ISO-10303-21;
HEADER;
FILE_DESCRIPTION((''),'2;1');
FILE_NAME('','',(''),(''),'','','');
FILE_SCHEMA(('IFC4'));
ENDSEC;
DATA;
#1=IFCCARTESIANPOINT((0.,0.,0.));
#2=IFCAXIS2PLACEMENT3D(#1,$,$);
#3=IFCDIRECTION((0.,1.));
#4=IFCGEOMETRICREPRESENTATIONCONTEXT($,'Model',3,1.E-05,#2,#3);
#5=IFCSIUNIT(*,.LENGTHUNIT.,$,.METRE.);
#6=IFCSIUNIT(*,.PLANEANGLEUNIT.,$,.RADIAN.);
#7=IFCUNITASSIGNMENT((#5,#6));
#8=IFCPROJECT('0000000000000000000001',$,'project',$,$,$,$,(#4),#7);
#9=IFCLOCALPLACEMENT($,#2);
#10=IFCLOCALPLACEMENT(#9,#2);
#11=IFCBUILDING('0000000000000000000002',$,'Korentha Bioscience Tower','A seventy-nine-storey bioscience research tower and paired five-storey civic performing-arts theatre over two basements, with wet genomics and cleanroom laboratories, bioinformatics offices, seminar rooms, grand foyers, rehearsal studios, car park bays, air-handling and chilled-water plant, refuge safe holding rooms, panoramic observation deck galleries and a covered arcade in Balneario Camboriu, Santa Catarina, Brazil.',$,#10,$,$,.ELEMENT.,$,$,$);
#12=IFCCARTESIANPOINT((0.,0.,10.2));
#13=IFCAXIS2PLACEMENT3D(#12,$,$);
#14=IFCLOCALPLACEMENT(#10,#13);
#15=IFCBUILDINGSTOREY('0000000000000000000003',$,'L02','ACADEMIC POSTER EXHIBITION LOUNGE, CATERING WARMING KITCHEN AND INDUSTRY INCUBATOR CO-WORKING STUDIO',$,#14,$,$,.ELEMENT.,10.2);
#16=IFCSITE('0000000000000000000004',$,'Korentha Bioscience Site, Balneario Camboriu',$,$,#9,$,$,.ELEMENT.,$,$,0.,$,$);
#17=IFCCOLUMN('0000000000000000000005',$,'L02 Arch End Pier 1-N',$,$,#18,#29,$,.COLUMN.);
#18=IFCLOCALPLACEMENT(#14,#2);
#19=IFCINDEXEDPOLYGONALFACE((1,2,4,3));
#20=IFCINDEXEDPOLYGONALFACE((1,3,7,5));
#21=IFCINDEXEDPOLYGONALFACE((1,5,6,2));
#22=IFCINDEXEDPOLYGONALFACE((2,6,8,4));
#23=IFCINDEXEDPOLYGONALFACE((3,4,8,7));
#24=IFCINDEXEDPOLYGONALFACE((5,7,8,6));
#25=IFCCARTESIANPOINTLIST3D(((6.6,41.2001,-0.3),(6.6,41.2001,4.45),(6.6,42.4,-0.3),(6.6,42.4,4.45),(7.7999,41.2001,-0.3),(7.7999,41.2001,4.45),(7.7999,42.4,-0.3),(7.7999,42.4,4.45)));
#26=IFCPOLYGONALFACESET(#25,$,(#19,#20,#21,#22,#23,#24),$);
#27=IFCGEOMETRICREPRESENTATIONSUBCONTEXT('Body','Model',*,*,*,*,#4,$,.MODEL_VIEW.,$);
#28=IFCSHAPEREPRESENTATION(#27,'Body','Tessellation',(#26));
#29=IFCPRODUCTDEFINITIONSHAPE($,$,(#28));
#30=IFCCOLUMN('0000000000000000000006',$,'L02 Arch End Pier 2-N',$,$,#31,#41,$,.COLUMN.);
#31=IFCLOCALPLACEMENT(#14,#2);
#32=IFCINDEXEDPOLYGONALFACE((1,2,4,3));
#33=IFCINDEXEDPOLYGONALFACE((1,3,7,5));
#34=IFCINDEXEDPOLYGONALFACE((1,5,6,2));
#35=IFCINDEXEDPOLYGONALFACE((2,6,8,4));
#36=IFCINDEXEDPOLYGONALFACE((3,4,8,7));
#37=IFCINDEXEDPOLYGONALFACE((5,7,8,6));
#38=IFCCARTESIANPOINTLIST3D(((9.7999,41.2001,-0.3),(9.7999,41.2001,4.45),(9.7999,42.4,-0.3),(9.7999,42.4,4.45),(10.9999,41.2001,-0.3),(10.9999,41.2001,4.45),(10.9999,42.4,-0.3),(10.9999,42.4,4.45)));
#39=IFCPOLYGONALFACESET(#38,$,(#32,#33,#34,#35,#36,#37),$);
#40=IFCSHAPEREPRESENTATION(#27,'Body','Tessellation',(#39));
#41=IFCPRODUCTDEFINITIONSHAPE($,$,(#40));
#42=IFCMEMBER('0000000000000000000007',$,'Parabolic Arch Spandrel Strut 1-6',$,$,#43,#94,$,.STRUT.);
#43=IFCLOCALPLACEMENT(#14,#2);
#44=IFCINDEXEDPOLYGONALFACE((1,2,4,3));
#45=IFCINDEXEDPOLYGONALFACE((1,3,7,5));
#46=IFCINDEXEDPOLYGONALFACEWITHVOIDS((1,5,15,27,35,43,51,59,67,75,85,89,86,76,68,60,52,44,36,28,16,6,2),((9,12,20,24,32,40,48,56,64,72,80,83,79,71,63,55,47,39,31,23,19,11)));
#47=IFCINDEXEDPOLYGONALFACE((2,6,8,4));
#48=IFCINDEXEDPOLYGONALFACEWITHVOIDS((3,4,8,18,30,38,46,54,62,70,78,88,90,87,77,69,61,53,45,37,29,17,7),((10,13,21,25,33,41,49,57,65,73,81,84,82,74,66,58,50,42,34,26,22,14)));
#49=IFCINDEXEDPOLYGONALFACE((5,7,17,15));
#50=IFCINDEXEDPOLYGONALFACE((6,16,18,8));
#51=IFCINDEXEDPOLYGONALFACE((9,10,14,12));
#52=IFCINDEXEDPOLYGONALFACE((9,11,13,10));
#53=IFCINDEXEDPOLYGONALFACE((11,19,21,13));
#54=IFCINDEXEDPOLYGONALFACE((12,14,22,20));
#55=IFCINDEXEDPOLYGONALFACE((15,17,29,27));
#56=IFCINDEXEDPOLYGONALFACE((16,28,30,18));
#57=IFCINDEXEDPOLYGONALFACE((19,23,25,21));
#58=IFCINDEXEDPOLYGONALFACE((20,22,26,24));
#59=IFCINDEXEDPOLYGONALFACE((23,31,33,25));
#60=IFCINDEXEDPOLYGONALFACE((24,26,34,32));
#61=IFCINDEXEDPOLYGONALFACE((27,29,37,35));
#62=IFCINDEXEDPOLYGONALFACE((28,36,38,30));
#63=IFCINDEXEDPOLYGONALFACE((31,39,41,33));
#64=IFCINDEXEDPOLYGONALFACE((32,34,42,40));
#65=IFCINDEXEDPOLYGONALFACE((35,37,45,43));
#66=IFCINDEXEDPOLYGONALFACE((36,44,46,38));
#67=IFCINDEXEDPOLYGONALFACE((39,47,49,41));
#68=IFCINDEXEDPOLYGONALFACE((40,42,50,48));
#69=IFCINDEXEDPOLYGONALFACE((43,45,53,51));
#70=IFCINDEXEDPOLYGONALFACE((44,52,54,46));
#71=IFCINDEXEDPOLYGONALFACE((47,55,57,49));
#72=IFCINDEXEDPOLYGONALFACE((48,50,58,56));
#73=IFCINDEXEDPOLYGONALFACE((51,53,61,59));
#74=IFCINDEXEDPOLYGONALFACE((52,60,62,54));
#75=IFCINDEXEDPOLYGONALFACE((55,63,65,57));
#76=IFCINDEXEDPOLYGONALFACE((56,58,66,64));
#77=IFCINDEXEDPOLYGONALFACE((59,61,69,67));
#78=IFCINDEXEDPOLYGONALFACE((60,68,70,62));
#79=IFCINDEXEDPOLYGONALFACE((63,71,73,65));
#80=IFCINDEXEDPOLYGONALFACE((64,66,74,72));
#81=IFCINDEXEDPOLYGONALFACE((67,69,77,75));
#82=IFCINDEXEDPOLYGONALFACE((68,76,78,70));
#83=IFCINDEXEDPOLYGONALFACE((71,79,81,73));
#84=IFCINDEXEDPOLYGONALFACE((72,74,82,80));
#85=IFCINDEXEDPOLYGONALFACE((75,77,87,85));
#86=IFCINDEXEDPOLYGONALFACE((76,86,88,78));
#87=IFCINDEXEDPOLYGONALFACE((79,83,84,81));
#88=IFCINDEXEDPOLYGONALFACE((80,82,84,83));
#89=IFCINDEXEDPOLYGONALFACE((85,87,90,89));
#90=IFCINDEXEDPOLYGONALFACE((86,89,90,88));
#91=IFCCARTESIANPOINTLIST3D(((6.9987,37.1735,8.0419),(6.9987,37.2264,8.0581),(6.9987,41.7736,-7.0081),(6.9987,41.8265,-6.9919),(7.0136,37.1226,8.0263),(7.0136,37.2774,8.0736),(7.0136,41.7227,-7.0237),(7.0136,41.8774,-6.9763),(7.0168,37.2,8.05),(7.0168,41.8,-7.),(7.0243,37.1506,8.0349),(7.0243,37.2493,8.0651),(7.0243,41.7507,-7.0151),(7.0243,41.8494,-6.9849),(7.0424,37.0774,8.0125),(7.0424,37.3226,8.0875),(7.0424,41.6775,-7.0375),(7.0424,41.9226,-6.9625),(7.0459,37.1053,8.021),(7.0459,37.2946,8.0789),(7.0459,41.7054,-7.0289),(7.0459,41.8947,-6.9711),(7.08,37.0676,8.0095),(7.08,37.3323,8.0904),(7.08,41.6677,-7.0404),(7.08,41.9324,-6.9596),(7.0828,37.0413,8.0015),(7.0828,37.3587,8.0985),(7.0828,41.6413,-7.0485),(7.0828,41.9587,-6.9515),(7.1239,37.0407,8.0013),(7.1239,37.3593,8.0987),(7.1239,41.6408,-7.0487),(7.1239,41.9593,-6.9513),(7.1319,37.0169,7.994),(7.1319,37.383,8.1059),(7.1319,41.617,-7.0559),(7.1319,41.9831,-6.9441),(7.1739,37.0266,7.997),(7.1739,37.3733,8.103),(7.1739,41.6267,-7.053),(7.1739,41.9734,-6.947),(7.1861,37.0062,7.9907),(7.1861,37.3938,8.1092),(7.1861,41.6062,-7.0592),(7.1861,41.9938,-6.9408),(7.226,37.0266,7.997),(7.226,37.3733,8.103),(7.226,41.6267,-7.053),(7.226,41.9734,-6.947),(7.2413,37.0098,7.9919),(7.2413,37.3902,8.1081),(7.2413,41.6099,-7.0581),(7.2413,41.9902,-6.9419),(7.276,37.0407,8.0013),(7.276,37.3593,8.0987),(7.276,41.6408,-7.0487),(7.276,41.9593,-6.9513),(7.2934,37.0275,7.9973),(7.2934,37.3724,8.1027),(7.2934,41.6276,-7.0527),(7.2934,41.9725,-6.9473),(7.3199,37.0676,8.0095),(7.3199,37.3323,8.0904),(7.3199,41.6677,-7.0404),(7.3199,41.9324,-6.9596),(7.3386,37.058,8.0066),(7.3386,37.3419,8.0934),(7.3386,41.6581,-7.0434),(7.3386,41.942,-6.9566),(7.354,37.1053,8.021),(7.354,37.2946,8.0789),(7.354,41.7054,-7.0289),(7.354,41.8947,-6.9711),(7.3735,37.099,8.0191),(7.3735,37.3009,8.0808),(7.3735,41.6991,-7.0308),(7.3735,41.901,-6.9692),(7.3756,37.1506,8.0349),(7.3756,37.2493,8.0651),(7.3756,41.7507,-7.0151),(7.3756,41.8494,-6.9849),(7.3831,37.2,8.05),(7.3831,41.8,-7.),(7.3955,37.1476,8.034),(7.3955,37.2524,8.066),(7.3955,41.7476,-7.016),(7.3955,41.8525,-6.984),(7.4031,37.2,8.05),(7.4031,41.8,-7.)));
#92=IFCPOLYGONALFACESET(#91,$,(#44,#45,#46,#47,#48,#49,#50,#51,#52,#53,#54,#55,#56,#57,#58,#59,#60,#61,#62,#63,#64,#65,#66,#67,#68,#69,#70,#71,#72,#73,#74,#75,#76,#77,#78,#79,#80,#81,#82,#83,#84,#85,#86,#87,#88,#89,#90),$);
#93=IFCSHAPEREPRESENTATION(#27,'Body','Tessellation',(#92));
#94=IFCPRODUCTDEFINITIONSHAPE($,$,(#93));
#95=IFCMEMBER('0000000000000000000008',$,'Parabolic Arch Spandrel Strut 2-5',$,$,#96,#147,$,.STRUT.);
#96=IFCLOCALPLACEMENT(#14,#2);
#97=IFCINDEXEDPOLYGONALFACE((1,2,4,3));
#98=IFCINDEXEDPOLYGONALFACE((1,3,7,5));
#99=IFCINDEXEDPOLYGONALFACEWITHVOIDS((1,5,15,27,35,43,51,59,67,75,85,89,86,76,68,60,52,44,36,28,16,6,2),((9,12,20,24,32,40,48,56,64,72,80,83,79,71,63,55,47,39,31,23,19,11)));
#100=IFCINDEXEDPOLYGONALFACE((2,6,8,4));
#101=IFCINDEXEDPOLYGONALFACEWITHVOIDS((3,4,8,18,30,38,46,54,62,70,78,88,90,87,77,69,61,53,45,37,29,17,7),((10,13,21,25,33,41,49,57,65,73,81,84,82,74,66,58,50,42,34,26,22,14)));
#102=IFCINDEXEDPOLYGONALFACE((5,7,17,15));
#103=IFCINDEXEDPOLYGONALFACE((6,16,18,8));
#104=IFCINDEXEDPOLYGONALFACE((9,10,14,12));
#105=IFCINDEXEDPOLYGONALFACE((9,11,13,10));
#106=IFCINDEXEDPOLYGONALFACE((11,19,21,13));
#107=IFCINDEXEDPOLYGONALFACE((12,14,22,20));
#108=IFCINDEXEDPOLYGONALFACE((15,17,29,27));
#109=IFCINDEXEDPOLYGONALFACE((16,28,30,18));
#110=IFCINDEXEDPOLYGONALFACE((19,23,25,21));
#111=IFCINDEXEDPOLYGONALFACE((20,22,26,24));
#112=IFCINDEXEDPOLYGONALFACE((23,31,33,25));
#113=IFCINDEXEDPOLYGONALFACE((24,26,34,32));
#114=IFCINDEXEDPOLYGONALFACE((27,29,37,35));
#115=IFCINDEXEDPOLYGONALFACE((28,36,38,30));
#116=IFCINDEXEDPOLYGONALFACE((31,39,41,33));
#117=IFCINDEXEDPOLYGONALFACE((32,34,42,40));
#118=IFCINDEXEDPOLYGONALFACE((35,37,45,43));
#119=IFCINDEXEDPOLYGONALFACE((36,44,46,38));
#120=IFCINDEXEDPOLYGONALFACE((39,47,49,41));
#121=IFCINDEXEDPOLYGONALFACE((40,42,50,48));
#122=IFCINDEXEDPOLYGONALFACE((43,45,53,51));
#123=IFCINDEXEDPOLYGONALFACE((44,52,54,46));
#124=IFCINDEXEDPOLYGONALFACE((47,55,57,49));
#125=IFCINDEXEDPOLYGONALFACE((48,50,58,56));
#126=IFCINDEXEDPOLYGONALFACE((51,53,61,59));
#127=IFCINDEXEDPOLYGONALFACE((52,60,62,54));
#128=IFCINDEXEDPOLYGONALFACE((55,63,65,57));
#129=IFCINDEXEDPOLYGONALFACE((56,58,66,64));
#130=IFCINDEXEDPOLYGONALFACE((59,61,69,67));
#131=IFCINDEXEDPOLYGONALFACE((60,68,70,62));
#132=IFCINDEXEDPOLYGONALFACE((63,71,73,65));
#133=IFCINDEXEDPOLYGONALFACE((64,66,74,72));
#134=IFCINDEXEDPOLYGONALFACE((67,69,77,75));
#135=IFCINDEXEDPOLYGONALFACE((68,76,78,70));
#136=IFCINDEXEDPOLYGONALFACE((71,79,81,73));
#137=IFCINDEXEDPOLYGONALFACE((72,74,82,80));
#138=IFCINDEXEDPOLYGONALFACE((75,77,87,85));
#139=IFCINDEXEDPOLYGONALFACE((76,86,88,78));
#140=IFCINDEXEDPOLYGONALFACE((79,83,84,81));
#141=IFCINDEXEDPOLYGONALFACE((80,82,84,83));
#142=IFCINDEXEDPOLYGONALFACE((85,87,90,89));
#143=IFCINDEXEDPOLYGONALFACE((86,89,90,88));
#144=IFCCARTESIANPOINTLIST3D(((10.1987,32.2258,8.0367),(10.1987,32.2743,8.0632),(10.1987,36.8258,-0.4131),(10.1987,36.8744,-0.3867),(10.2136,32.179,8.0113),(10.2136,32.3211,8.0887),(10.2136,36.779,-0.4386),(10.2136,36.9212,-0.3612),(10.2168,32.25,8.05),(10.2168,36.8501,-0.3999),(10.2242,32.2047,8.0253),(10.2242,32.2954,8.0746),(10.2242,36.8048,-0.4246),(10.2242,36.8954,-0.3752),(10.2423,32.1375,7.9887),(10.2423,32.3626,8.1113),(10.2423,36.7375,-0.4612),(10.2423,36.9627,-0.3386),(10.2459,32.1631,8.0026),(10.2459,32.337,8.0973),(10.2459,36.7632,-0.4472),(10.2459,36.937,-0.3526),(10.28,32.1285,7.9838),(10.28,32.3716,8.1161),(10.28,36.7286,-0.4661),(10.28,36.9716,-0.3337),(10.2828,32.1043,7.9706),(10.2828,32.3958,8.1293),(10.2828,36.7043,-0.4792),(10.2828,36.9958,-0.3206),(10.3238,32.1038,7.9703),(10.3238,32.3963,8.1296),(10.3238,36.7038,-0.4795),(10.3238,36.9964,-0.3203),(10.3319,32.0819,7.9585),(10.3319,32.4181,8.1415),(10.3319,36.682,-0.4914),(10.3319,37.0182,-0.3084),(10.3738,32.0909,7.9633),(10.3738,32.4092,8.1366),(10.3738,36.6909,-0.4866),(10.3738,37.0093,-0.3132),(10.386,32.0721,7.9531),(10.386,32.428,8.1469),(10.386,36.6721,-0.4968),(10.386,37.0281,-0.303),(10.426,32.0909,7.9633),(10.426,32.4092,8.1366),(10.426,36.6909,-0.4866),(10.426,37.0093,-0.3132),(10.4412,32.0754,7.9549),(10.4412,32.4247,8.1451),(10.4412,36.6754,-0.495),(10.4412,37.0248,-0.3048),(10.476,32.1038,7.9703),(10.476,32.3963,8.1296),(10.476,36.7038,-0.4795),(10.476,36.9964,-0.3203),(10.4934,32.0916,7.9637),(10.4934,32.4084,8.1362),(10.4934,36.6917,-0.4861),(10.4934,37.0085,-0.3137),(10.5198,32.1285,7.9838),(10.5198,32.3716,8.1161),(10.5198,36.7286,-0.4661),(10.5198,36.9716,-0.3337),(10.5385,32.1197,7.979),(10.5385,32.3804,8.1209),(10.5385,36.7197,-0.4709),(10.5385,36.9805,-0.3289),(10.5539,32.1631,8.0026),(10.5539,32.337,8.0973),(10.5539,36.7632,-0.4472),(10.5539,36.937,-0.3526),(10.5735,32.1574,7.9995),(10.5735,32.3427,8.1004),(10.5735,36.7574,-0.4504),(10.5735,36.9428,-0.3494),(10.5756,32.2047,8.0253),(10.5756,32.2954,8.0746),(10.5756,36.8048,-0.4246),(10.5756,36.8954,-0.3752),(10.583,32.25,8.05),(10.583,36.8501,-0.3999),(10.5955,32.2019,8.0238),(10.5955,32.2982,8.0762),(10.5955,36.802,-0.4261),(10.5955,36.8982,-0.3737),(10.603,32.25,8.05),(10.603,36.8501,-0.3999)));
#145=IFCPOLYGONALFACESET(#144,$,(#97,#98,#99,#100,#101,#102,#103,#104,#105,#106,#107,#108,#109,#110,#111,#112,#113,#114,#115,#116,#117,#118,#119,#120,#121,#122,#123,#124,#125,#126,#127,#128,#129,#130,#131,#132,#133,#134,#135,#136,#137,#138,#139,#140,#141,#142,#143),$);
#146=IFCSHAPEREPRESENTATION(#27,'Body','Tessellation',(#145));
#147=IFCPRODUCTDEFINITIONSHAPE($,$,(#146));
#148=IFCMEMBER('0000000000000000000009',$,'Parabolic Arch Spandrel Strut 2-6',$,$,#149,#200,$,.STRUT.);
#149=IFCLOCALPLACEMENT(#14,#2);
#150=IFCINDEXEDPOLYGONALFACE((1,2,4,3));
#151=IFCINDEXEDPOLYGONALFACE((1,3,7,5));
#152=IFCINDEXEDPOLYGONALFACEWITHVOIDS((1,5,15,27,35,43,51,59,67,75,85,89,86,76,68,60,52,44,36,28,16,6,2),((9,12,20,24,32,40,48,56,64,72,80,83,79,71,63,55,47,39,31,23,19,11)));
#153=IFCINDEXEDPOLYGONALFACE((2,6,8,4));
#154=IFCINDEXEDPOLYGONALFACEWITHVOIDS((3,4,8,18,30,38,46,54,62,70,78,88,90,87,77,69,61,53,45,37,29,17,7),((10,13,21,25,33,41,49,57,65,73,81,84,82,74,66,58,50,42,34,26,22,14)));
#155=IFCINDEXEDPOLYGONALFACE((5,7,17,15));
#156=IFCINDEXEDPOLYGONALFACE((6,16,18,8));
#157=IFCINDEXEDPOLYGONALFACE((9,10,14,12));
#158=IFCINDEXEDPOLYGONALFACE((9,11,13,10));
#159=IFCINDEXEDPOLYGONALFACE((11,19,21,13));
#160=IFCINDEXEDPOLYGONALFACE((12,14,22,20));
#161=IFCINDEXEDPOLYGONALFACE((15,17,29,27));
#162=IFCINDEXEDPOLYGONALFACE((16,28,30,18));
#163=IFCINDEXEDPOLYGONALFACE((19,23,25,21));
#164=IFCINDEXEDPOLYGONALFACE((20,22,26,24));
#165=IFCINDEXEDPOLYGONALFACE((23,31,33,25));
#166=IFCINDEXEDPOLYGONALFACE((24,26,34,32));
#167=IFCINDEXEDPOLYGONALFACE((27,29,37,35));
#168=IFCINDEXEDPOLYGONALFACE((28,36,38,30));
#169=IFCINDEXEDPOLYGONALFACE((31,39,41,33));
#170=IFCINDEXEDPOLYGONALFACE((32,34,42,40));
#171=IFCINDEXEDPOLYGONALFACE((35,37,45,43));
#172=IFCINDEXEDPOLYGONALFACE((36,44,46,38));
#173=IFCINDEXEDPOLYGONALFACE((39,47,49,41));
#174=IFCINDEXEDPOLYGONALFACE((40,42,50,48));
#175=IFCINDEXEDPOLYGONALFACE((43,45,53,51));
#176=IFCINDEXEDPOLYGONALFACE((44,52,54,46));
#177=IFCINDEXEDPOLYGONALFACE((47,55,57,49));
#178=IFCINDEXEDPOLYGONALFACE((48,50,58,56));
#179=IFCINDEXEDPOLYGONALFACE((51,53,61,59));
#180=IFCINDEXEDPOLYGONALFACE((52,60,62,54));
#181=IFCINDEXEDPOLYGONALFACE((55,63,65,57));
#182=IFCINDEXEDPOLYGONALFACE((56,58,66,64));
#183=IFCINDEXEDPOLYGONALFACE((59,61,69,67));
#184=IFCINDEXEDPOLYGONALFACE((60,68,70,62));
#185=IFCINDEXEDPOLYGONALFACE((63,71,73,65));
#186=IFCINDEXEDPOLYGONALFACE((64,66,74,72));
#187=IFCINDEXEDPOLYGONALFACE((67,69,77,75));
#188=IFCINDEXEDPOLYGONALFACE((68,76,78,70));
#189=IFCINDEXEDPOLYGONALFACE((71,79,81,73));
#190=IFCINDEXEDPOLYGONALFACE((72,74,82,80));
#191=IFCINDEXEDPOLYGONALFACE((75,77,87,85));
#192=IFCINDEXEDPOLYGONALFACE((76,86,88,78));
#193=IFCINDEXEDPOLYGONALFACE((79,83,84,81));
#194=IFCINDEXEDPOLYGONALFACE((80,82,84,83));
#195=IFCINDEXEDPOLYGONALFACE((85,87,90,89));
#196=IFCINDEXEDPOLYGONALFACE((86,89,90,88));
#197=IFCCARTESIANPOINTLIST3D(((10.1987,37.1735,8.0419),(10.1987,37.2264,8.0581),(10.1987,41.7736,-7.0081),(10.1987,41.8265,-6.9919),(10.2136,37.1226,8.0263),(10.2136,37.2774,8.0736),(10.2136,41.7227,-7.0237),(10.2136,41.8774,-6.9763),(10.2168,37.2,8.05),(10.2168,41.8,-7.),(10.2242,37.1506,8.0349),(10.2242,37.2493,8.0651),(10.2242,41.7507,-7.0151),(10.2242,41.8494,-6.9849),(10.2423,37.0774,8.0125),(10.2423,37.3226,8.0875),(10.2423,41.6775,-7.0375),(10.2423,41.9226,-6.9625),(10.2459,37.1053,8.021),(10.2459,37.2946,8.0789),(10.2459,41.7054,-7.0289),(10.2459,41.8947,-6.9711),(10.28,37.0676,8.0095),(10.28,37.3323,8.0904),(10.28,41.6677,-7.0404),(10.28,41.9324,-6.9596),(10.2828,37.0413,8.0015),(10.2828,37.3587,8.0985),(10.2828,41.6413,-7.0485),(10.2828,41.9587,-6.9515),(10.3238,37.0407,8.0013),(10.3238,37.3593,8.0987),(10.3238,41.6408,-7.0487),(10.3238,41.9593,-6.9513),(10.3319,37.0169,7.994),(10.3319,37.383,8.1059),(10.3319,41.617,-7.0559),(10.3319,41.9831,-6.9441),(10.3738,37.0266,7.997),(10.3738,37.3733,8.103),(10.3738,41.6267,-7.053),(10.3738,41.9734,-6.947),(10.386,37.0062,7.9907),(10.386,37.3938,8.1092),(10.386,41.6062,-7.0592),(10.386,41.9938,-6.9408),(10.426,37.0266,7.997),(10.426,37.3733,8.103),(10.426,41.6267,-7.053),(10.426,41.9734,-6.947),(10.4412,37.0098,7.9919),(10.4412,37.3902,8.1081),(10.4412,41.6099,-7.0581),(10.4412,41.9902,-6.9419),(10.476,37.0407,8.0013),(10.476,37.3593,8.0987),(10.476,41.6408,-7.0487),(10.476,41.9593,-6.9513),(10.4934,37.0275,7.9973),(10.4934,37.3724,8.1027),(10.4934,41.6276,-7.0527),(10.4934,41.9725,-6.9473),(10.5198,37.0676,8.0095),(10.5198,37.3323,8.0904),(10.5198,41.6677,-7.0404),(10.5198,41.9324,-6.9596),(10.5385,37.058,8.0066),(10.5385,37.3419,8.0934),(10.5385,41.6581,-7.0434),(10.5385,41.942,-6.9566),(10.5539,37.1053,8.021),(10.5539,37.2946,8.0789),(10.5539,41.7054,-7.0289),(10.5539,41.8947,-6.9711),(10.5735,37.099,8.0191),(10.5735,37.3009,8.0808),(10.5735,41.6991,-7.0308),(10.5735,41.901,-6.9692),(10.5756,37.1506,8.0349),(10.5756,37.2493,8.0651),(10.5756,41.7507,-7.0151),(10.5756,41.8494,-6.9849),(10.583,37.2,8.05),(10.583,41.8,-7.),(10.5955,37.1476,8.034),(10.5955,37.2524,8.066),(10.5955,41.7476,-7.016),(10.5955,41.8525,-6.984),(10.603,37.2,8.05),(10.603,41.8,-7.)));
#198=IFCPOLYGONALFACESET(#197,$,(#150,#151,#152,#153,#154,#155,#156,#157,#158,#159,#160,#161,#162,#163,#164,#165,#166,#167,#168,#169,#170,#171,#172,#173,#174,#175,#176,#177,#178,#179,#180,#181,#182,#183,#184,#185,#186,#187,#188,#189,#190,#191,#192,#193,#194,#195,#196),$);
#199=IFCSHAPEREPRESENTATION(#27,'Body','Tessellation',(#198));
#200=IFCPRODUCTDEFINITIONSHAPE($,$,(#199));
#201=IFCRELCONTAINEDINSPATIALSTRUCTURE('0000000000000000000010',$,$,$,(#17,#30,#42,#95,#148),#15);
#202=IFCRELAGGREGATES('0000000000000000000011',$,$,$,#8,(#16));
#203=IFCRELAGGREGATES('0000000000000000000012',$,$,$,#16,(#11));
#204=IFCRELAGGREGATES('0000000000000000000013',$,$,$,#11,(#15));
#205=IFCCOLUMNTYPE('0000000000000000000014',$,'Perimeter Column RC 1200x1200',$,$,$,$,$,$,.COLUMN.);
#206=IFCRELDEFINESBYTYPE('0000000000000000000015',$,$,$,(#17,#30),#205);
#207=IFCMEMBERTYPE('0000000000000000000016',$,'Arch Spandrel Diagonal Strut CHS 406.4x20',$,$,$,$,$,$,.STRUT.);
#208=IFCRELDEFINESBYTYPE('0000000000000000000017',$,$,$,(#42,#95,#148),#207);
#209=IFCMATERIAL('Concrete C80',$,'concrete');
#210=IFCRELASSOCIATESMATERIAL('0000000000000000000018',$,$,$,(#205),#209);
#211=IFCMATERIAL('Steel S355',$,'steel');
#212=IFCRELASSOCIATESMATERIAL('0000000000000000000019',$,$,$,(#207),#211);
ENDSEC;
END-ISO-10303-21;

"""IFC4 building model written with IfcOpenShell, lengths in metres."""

from ifc_helpers import new_model, si_unit, direction, frame, origin, origin_2d, place, context, subcontext, project, spatial, rectangle, hollow_circle, extrude, material, material_profile, profile_set, type_object, element, save


model = new_model("IFC4")

# Units and contexts
model_context = context("Model", 3, precision=1e-05, world=origin(), true_north=direction((0.0, 1.0)))
body_context = subcontext(model_context, "Body", "Model", "MODEL_VIEW")
ifc_project = project(units=[si_unit("LENGTHUNIT", "METRE"), si_unit("PLANEANGLEUNIT", "RADIAN")], contexts=[model_context])

# Site, building, storey
site_placement = place(None, origin())
site = spatial("IfcSite", under=ifc_project, at=site_placement, Name="Korentha Bioscience Site, Balneario Camboriu", CompositionType="ELEMENT", RefElevation=0.0)
building_placement = place(site_placement, origin())
building = spatial("IfcBuilding", under=site, at=building_placement, Name="Korentha Bioscience Tower", Description="A seventy-nine-storey bioscience research tower and paired five-storey civic performing-arts theatre over two basements, with wet genomics and cleanroom laboratories, bioinformatics offices, seminar rooms, grand foyers, rehearsal studios, car park bays, air-handling and chilled-water plant, refuge safe holding rooms, panoramic observation deck galleries and a covered arcade in Balneario Camboriu, Santa Catarina, Brazil.", CompositionType="ELEMENT")
storey_placement = place(building_placement, frame((0.0, 0.0, 10.2)))
storey = spatial("IfcBuildingStorey", under=building, at=storey_placement, Name="L02", Description="ACADEMIC POSTER EXHIBITION LOUNGE, CATERING WARMING KITCHEN AND INDUSTRY INCUBATOR CO-WORKING STUDIO", CompositionType="ELEMENT", Elevation=10.2)

# Columns
ifc_material_1 = material(Name="Concrete C80", Category="concrete")
ifc_material_profile_1 = material_profile(ifc_material_1, rectangle(XDim=1.2, YDim=1.2, at=origin_2d()), Name="Concrete C80")
ifc_profile_set_1 = profile_set([ifc_material_profile_1], Name="Concrete C80 (COL-P12)")
column_type = type_object("IfcColumnType", Name="Perimeter Column RC 1200x1200", PredefinedType="COLUMN", material=ifc_profile_set_1)
for number, where, z_axis, x_axis, name in (
    (1, (7.2, 41.8, -0.3), (0.0, 0.0, 1.0), (1.0, 0.0, 0.0), "L02 Arch End Pier 1-N"),
    (2, (10.3999, 41.8, -0.3), (0.0, 0.0, 1.0), (1.0, 0.0, 0.0), "L02 Arch End Pier 2-N"),
):
    element("IfcColumn", number, at=place(storey_placement, frame(where, z_axis=z_axis, x_axis=x_axis)), inside=storey, type_object=column_type, Name=name, PredefinedType="COLUMN", context=body_context, shape_type="SweptSolid", body=[
        extrude(rectangle(XDim=1.2, YDim=1.2, at=origin_2d()), origin(), (0.0, 0.0, 1.0), 4.75),
    ])

# Members
ifc_material_2 = material(Name="Steel S355", Category="steel")
ifc_material_profile_2 = material_profile(ifc_material_2, hollow_circle(Radius=0.2031, WallThickness=0.02, at=origin_2d()), Name="Steel S355")
ifc_profile_set_2 = profile_set([ifc_material_profile_2], Name="Steel S355 (AR-ST406)")
member_type_1 = type_object("IfcMemberType", Name="Arch Spandrel Diagonal Strut CHS 406.4x20", PredefinedType="STRUT", material=ifc_profile_set_2)
member_1_placement = place(storey_placement, frame((7.2, 41.8, -7.0), z_axis=(0.0, -0.292304, 0.956325), x_axis=(1.0, 0.0, 0.0)))
element("IfcMember", 3, at=member_1_placement, inside=storey, type_object=member_type_1, Name="Parabolic Arch Spandrel Strut 1-6", PredefinedType="STRUT", context=body_context, shape_type="SweptSolid", body=[
    extrude(hollow_circle(Radius=0.2031, WallThickness=0.02, at=origin_2d()), origin(), (0.0, 0.0, 1.0), 15.7373),
])
member_2_placement = place(storey_placement, frame((10.3999, 36.8501, -0.3999), z_axis=(0.0, -0.478134, 0.878287), x_axis=(1.0, 0.0, 0.0)))
element("IfcMember", 4, at=member_2_placement, inside=storey, type_object=member_type_1, Name="Parabolic Arch Spandrel Strut 2-5", PredefinedType="STRUT", context=body_context, shape_type="SweptSolid", body=[
    extrude(hollow_circle(Radius=0.2031, WallThickness=0.02, at=origin_2d()), origin(), (0.0, 0.0, 1.0), 9.6208),
])
member_3_placement = place(storey_placement, frame((10.3999, 41.8, -7.0), z_axis=(0.0, -0.292304, 0.956325), x_axis=(1.0, 0.0, 0.0)))
element("IfcMember", 5, at=member_3_placement, inside=storey, type_object=member_type_1, Name="Parabolic Arch Spandrel Strut 2-6", PredefinedType="STRUT", context=body_context, shape_type="SweptSolid", body=[
    extrude(hollow_circle(Radius=0.2031, WallThickness=0.02, at=origin_2d()), origin(), (0.0, 0.0, 1.0), 15.7373),
])

save(model, "model.ifc")
